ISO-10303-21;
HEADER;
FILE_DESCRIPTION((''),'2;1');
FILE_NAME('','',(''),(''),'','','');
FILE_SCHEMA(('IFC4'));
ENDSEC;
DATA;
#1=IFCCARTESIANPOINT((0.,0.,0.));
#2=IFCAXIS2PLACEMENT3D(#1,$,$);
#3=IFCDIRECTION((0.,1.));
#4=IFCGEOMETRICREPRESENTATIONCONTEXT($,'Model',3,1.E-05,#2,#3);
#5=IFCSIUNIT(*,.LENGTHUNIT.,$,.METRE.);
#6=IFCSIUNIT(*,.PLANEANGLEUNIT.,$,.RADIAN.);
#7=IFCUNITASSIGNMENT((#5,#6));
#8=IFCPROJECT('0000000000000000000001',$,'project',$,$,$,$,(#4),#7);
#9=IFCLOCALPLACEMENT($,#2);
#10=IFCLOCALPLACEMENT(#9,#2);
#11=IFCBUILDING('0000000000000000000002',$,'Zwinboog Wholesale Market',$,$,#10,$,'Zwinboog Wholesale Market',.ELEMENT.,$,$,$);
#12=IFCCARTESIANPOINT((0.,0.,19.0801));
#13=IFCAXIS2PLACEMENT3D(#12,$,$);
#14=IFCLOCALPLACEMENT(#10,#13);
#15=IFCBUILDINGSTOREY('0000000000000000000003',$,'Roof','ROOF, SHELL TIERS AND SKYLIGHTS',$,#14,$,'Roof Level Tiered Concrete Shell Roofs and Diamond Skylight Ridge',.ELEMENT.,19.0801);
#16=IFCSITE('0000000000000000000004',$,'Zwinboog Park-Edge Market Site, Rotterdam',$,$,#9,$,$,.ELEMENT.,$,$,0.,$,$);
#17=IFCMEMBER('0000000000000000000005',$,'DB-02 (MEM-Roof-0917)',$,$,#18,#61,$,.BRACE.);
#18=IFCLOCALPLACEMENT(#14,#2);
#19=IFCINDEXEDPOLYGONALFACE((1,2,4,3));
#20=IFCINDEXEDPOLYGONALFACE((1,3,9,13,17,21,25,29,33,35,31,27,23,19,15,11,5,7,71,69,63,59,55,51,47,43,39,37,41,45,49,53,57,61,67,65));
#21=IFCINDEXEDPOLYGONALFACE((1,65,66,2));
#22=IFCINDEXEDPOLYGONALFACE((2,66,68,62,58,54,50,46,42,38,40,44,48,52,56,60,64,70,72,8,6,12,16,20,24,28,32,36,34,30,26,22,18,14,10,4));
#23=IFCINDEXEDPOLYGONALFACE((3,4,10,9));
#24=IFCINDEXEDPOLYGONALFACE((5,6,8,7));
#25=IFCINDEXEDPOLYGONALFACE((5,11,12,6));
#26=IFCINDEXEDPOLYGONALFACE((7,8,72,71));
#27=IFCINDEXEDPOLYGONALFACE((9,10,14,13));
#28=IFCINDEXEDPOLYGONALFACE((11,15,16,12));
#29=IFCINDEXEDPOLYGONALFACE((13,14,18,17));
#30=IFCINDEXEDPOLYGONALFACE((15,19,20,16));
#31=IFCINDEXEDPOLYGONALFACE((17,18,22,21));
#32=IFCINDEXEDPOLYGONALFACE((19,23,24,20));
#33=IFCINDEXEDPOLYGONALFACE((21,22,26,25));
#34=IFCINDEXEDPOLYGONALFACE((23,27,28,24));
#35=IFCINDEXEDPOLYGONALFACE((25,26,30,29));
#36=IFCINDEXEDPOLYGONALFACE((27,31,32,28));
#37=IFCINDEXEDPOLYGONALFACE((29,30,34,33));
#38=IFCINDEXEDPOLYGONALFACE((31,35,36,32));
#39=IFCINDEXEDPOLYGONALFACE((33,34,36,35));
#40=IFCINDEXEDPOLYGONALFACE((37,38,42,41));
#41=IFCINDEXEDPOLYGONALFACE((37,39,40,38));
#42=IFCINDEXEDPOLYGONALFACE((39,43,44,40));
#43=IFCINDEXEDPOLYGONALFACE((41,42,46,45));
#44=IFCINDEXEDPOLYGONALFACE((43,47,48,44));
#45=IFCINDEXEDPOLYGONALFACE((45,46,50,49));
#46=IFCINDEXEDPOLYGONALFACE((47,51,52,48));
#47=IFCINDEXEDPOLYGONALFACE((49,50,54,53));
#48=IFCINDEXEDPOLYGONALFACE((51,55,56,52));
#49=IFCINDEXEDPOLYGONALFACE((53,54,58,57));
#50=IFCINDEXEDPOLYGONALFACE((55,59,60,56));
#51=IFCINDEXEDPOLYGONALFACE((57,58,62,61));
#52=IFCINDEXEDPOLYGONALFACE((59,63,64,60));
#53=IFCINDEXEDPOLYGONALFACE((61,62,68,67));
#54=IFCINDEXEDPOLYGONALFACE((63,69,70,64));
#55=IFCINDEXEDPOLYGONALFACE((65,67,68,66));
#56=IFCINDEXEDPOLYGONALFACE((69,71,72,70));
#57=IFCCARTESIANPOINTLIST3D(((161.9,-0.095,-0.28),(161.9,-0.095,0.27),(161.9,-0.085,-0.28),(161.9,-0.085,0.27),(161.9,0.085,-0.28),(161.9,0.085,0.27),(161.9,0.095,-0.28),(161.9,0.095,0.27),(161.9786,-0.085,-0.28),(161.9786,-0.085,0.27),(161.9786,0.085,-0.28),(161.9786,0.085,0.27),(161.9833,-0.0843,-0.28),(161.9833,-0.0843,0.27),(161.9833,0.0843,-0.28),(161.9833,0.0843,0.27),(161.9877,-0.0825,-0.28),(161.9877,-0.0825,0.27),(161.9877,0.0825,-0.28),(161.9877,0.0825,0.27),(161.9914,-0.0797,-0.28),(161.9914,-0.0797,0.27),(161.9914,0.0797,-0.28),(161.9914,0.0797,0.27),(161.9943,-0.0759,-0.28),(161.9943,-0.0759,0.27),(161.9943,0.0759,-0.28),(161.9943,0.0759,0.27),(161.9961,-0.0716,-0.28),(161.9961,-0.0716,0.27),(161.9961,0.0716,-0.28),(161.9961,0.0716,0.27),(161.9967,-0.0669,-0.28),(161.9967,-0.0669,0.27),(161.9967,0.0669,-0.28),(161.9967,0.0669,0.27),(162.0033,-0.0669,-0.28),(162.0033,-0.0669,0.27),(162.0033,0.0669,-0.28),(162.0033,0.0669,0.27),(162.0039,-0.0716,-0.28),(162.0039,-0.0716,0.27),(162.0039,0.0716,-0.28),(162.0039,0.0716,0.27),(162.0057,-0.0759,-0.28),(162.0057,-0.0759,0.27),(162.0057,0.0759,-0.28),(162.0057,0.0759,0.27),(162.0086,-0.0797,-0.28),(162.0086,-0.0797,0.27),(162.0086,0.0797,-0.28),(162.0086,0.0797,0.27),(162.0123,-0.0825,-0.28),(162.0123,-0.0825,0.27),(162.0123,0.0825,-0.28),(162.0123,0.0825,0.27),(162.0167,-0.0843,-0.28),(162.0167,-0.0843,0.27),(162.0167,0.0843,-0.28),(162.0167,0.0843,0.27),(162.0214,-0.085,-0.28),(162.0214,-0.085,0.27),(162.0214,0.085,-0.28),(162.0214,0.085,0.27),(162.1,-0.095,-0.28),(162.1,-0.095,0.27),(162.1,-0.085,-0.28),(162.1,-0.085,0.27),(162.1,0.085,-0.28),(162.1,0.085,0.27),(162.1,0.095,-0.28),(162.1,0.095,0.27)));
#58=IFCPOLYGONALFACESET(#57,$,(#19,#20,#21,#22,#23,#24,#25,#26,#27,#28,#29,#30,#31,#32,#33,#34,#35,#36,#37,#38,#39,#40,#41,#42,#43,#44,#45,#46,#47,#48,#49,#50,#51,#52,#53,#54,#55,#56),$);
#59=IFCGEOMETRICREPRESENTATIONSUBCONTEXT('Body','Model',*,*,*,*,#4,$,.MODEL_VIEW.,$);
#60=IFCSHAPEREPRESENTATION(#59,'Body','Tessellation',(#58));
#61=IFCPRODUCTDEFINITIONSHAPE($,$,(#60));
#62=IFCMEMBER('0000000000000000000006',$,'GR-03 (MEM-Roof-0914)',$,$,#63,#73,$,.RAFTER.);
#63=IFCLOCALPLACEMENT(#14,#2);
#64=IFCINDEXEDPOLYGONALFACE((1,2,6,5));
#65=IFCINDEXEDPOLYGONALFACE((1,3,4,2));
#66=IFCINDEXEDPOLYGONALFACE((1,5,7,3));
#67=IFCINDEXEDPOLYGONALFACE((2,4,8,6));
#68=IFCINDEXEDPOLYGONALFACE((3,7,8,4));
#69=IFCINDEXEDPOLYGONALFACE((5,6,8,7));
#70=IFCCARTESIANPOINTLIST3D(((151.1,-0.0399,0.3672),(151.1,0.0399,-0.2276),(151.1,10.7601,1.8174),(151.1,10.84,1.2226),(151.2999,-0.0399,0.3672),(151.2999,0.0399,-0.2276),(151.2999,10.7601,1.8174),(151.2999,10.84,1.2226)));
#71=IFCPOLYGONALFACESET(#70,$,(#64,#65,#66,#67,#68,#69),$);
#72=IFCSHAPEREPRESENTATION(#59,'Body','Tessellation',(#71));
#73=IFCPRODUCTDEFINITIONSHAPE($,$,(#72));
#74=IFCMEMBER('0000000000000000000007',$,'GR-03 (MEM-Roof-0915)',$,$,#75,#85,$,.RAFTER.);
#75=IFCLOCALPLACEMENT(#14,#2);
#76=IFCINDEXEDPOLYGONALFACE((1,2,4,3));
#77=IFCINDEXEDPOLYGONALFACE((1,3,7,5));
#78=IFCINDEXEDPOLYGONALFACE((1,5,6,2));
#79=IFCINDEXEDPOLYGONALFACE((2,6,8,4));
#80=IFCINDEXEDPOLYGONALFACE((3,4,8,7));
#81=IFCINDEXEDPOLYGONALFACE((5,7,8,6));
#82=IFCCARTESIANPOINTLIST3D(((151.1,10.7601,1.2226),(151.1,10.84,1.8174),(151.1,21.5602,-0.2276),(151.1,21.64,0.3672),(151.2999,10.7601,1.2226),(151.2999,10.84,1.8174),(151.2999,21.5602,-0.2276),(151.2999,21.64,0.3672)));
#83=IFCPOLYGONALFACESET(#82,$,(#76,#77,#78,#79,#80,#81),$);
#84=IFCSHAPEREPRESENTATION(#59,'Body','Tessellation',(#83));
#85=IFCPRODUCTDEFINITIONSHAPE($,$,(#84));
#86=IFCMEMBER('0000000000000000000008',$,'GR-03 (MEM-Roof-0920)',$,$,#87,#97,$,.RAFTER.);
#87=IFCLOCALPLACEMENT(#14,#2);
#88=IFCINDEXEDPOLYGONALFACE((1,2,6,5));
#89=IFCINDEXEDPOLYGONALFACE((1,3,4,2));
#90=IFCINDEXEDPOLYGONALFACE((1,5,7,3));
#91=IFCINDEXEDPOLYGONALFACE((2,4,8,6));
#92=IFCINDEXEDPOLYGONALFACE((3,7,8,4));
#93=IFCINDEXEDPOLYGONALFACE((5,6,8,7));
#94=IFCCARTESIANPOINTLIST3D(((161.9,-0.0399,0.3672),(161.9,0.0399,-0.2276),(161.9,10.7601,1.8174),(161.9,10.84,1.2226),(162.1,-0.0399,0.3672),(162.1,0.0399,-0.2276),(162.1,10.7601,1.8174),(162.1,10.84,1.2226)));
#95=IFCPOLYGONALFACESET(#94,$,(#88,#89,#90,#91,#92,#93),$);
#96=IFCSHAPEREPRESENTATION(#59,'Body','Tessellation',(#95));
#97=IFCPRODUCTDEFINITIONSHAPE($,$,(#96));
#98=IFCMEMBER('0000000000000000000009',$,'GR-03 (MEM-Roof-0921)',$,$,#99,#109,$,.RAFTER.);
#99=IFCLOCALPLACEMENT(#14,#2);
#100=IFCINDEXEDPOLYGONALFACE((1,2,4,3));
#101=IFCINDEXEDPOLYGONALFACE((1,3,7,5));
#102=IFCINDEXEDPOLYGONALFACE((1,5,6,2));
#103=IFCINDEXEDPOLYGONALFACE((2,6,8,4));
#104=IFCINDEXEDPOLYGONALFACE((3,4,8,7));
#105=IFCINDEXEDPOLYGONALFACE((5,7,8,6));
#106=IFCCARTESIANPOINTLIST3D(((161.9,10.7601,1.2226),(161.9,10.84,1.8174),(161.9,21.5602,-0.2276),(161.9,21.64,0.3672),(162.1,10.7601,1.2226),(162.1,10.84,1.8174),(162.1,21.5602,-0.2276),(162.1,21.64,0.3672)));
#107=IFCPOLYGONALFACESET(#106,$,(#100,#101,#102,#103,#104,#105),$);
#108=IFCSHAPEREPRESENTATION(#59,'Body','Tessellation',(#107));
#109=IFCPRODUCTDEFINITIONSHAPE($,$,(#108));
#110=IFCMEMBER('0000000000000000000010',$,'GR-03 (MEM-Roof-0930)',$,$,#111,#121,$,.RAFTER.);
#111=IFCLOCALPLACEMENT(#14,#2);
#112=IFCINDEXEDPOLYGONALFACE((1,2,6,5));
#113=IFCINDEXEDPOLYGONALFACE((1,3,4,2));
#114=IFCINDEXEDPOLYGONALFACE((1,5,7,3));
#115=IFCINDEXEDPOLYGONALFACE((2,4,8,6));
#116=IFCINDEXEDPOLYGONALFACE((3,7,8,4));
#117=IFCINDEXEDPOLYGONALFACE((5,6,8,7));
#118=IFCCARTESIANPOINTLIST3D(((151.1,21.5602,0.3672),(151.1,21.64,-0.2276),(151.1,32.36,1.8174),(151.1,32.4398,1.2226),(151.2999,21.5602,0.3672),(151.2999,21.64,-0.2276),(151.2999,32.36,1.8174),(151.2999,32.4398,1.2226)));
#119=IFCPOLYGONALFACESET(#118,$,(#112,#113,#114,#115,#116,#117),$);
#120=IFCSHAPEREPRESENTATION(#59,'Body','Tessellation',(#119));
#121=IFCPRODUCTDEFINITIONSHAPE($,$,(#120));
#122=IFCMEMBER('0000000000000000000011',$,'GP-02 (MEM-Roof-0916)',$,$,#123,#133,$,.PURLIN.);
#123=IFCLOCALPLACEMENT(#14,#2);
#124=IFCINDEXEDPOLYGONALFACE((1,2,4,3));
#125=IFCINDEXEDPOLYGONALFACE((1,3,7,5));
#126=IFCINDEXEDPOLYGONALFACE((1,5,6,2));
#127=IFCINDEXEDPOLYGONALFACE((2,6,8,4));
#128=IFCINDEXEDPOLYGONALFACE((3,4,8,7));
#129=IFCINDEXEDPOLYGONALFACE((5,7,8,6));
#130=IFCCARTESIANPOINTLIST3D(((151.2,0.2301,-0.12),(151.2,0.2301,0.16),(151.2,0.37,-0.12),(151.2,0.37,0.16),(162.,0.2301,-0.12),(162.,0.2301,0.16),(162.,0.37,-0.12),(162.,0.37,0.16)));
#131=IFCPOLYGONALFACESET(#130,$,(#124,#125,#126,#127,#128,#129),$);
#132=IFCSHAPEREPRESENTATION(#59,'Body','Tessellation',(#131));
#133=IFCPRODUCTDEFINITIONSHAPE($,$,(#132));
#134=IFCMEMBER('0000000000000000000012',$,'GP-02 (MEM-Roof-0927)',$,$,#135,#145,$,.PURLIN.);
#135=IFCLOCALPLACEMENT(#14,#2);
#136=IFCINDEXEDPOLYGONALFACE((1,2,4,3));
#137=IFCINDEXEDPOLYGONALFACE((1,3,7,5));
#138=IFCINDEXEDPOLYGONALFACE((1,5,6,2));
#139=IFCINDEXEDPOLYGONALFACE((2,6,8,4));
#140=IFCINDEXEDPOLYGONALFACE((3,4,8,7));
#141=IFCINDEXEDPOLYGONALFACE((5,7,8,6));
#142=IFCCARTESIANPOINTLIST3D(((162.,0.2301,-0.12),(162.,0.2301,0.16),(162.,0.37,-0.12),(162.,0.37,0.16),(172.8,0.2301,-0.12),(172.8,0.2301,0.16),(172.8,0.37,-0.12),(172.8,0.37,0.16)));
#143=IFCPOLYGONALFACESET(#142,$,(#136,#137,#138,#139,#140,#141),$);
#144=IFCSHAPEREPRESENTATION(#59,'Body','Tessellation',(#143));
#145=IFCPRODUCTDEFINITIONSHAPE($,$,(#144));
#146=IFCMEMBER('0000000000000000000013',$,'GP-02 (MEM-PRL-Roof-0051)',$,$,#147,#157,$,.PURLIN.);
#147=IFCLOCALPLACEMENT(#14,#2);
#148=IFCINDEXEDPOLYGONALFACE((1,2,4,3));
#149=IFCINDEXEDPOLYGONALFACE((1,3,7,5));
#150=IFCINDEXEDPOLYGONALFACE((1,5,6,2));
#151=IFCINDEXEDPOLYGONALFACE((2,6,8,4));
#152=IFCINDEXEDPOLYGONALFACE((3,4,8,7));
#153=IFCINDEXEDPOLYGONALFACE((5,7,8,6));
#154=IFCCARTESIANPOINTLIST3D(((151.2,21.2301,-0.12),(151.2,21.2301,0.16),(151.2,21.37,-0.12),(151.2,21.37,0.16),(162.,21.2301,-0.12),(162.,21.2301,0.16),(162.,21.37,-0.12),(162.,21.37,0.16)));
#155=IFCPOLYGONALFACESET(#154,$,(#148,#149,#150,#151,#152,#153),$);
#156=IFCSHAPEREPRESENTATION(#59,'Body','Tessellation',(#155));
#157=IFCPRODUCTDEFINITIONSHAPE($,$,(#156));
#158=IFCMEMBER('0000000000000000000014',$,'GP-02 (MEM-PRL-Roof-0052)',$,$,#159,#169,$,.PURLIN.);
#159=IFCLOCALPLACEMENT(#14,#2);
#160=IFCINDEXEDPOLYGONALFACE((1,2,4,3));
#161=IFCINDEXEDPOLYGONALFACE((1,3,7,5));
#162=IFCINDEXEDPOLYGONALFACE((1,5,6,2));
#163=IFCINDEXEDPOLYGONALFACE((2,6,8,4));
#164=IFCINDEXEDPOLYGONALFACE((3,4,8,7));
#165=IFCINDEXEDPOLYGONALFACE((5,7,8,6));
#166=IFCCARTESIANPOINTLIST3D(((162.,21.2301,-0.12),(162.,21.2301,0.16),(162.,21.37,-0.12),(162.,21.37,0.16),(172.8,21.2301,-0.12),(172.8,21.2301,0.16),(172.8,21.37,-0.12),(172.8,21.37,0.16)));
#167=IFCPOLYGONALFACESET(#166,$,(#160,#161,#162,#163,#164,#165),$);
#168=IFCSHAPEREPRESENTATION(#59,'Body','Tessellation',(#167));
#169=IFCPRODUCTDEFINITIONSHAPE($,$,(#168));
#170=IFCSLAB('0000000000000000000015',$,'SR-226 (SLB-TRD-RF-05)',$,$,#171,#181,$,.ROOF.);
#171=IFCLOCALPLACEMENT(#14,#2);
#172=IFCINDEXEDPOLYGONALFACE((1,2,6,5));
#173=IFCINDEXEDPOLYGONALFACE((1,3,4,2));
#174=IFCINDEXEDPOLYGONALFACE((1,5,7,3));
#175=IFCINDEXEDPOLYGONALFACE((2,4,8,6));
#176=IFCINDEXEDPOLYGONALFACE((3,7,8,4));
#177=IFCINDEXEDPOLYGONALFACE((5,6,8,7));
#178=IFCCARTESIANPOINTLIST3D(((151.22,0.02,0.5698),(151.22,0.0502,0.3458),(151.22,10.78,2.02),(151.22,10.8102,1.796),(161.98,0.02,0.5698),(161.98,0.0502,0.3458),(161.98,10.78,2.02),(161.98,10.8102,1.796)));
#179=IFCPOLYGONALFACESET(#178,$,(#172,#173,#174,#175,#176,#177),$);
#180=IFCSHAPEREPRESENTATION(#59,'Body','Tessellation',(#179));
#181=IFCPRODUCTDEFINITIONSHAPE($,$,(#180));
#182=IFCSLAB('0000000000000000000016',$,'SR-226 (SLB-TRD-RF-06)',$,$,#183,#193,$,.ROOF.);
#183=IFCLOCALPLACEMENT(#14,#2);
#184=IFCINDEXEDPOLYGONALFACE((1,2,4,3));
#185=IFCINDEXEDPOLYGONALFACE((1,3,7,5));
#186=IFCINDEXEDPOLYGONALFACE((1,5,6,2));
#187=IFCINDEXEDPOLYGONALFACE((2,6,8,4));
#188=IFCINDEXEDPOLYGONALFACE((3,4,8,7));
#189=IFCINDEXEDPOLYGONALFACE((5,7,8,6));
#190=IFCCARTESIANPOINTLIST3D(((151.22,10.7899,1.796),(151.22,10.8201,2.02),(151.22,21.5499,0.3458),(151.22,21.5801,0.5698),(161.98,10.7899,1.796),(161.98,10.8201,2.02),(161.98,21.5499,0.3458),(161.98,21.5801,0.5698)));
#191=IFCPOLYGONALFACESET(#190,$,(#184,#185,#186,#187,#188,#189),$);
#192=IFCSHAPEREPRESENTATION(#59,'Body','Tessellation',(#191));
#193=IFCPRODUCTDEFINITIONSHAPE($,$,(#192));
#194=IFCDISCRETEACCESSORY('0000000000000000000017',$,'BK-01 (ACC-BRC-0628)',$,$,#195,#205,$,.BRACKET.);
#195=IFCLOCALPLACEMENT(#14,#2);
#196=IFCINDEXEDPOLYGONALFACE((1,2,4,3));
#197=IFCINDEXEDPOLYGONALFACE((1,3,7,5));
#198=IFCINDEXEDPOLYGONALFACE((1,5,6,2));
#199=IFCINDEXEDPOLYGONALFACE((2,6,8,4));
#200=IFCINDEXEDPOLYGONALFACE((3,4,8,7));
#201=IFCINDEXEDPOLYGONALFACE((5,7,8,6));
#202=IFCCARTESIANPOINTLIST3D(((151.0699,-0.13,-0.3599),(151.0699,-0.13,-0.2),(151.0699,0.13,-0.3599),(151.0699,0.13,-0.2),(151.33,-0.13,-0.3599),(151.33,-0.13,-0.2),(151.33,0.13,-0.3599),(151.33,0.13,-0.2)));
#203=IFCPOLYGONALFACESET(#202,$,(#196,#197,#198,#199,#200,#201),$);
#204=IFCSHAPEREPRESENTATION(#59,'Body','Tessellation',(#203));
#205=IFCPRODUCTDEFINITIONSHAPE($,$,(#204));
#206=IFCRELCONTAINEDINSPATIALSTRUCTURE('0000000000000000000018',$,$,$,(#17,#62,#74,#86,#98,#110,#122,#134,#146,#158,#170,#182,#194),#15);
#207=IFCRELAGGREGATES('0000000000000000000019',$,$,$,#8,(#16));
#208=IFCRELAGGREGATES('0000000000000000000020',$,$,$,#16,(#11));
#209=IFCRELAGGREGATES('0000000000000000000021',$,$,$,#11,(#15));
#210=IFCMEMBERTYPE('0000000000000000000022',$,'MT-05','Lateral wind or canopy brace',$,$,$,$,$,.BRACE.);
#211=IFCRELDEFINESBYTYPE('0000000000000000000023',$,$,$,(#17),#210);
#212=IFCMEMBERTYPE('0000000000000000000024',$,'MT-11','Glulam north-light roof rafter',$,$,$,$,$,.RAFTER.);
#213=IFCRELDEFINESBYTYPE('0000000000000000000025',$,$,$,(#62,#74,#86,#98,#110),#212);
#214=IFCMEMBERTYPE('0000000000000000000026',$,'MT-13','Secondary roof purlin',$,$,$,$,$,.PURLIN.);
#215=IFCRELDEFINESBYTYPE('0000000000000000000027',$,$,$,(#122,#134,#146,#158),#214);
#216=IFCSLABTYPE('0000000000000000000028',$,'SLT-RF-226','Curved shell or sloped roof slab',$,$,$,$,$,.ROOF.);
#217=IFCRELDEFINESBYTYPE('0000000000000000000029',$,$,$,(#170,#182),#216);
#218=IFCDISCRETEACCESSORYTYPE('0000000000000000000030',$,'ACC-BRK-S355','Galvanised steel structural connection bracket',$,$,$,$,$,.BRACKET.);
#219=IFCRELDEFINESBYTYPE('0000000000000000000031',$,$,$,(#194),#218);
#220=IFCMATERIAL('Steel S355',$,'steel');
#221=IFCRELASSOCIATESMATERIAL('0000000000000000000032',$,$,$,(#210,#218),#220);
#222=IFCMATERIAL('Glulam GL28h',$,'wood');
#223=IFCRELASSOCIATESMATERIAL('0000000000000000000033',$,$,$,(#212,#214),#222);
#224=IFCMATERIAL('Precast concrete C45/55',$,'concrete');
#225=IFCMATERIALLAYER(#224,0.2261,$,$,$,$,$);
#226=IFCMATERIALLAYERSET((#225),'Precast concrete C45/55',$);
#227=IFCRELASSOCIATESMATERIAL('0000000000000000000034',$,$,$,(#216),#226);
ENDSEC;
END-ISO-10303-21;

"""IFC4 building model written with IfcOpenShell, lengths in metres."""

from ifc_helpers import new_model, si_unit, direction, frame, origin, origin_2d, place, context, subcontext, project, spatial, polyline, rectangle, i_section, outline, extrude, material, layer, layer_set, material_profile, profile_set, type_object, element, save


model = new_model("IFC4")

# Units and contexts
model_context = context("Model", 3, precision=1e-05, world=origin(), true_north=direction((0.0, 1.0)))
body_context = subcontext(model_context, "Body", "Model", "MODEL_VIEW")
ifc_project = project(units=[si_unit("LENGTHUNIT", "METRE"), si_unit("PLANEANGLEUNIT", "RADIAN")], contexts=[model_context])

# Site, building, storey
site_placement = place(None, origin())
site = spatial("IfcSite", under=ifc_project, at=site_placement, Name="Zwinboog Park-Edge Market Site, Rotterdam", CompositionType="ELEMENT", RefElevation=0.0)
building_placement = place(site_placement, origin())
building = spatial("IfcBuilding", under=site, at=building_placement, Name="Zwinboog Wholesale Market", LongName="Zwinboog Wholesale Market", CompositionType="ELEMENT")
storey_placement = place(building_placement, frame((0.0, 0.0, 19.0801)))
storey = spatial("IfcBuildingStorey", under=building, at=storey_placement, Name="Roof", Description="ROOF, SHELL TIERS AND SKYLIGHTS", LongName="Roof Level Tiered Concrete Shell Roofs and Diamond Skylight Ridge", CompositionType="ELEMENT", Elevation=19.0801)

# Shared definitions
ifc_material_1 = material(Name="Precast concrete C45/55", Category="concrete")

# Members
ifc_material_2 = material(Name="Steel S355", Category="steel")
ifc_material_profile_1 = material_profile(ifc_material_2, i_section(OverallWidth=0.2, OverallDepth=0.1899, WebThickness=0.0066, FlangeThickness=0.01, FilletRadius=0.0181, at=origin_2d()), Name="HEA 200")
ifc_profile_set_1 = profile_set([ifc_material_profile_1], Name="Steel S355")
member_type_1 = type_object("IfcMemberType", Name="MT-05", Description="Lateral wind or canopy brace", PredefinedType="BRACE", material=ifc_profile_set_1)
for number, where, z_axis, x_axis, name in (
    (1, (162.0, 0.0, -0.28), (0.0, 0.0, 1.0), (1.0, 0.0, 0.0), "DB-02 (MEM-Roof-0917)"),
):
    element("IfcMember", number, at=place(storey_placement, frame(where, z_axis=z_axis, x_axis=x_axis)), inside=storey, type_object=member_type_1, Name=name, PredefinedType="BRACE", context=body_context, shape_type="SweptSolid", body=[
        extrude(i_section(OverallWidth=0.2, OverallDepth=0.1899, WebThickness=0.0066, FlangeThickness=0.01, FilletRadius=0.0181, at=origin_2d()), origin(), (0.0, 0.0, 1.0), 0.55),
    ])
ifc_material_3 = material(Name="Glulam GL28h", Category="wood")
ifc_material_profile_2 = material_profile(ifc_material_3, rectangle(XDim=0.2, YDim=0.6001, at=origin_2d()), Name="GL28h 200x600")
ifc_profile_set_2 = profile_set([ifc_material_profile_2], Name="Glulam GL28h")
member_type_2 = type_object("IfcMemberType", Name="MT-11", Description="Glulam north-light roof rafter", PredefinedType="RAFTER", material=ifc_profile_set_2)
for number, where, z_axis, x_axis, name in (
    (2, (151.2, 0.0, 0.0698), (0.0, 0.991105, 0.133082), (-1.0, 0.0, 0.0), "GR-03 (MEM-Roof-0914)"),
    (3, (151.2, 10.8, 1.52), (0.0, 0.991105, -0.133082), (-1.0, 0.0, 0.0), "GR-03 (MEM-Roof-0915)"),
    (4, (162.0, 0.0, 0.0698), (0.0, 0.991105, 0.133082), (-1.0, 0.0, 0.0), "GR-03 (MEM-Roof-0920)"),
    (5, (162.0, 10.8, 1.52), (0.0, 0.991105, -0.133082), (-1.0, 0.0, 0.0), "GR-03 (MEM-Roof-0921)"),
):
    element("IfcMember", number, at=place(storey_placement, frame(where, z_axis=z_axis, x_axis=x_axis)), inside=storey, type_object=member_type_2, Name=name, PredefinedType="RAFTER", context=body_context, shape_type="SweptSolid", body=[
        extrude(rectangle(XDim=0.2, YDim=0.6001, at=origin_2d()), origin(), (0.0, 0.0, 1.0), 10.897),
    ])
member_placement = place(storey_placement, frame((151.2, 21.6001, 0.0698), z_axis=(0.0, 0.991105, 0.133085), x_axis=(-1.0, 0.0, 0.0)))
element("IfcMember", 6, at=member_placement, inside=storey, type_object=member_type_2, Name="GR-03 (MEM-Roof-0930)", PredefinedType="RAFTER", context=body_context, shape_type="SweptSolid", body=[
    extrude(rectangle(XDim=0.2, YDim=0.6001, at=origin_2d()), origin(), (0.0, 0.0, 1.0), 10.8967),
])
ifc_material_profile_3 = material_profile(ifc_material_3, rectangle(XDim=0.1399, YDim=0.28, at=origin_2d()), Name="GL28h 140x280")
ifc_profile_set_3 = profile_set([ifc_material_profile_3], Name="Glulam GL28h")
member_type_3 = type_object("IfcMemberType", Name="MT-13", Description="Secondary roof purlin", PredefinedType="PURLIN", material=ifc_profile_set_3)
for number, where, z_axis, x_axis, name in (
    (7, (151.2, 0.3, 0.02), (1.0, 0.0, 0.0), (0.0, 1.0, 0.0), "GP-02 (MEM-Roof-0916)"),
    (8, (162.0, 0.3, 0.02), (1.0, 0.0, 0.0), (0.0, 1.0, 0.0), "GP-02 (MEM-Roof-0927)"),
    (9, (151.2, 21.3, 0.02), (1.0, 0.0, 0.0), (0.0, 1.0, 0.0), "GP-02 (MEM-PRL-Roof-0051)"),
    (10, (162.0, 21.3, 0.02), (1.0, 0.0, 0.0), (0.0, 1.0, 0.0), "GP-02 (MEM-PRL-Roof-0052)"),
):
    element("IfcMember", number, at=place(storey_placement, frame(where, z_axis=z_axis, x_axis=x_axis)), inside=storey, type_object=member_type_3, Name=name, PredefinedType="PURLIN", context=body_context, shape_type="SweptSolid", body=[
        extrude(rectangle(XDim=0.1399, YDim=0.28, at=origin_2d()), origin(), (0.0, 0.0, 1.0), 10.8),
    ])

# Slabs
ifc_layer = layer(ifc_material_1, 0.2261)
ifc_layer_set = layer_set([ifc_layer], Name="Precast concrete C45/55")
slab_type = type_object("IfcSlabType", Name="SLT-RF-226", Description="Curved shell or sloped roof slab", PredefinedType="ROOF", material=ifc_layer_set)
for number, where, z_axis, x_axis, name in (
    (11, (151.22, 0.02, 0.5698), (0.0, -0.133569, 0.99104), (1.0, 0.0, 0.0), "SR-226 (SLB-TRD-RF-05)"),
    (12, (151.22, 10.8201, 2.02), (0.0, 0.133569, 0.99104), (1.0, 0.0, 0.0), "SR-226 (SLB-TRD-RF-06)"),
):
    element("IfcSlab", number, at=place(storey_placement, frame(where, z_axis=z_axis, x_axis=x_axis)), inside=storey, type_object=slab_type, Name=name, PredefinedType="ROOF", context=body_context, shape_type="SweptSolid", body=[
        extrude(outline(polyline([(0.0, 0.0), (10.76, 0.0), (10.76, 10.8573), (0.0, 10.8573), (0.0, 0.0)])), origin(), (0.0, 0.0, -1.0), 0.2261),
    ])

# Discrete accessory
discrete_accessory_type = type_object("IfcDiscreteAccessoryType", Name="ACC-BRK-S355", Description="Galvanised steel structural connection bracket", PredefinedType="BRACKET", material=ifc_material_2)
for number, where, z_axis, x_axis, name in (
    (13, (151.2, 0.0, -0.3599), (0.0, 0.0, 1.0), (1.0, 0.0, 0.0), "BK-01 (ACC-BRC-0628)"),
):
    element("IfcDiscreteAccessory", number, at=place(storey_placement, frame(where, z_axis=z_axis, x_axis=x_axis)), inside=storey, type_object=discrete_accessory_type, Name=name, PredefinedType="BRACKET", context=body_context, shape_type="SweptSolid", body=[
        extrude(rectangle(XDim=0.26, YDim=0.26, at=origin_2d()), origin(), (0.0, 0.0, 1.0), 0.1599),
    ])

save(model, "model.ifc")
